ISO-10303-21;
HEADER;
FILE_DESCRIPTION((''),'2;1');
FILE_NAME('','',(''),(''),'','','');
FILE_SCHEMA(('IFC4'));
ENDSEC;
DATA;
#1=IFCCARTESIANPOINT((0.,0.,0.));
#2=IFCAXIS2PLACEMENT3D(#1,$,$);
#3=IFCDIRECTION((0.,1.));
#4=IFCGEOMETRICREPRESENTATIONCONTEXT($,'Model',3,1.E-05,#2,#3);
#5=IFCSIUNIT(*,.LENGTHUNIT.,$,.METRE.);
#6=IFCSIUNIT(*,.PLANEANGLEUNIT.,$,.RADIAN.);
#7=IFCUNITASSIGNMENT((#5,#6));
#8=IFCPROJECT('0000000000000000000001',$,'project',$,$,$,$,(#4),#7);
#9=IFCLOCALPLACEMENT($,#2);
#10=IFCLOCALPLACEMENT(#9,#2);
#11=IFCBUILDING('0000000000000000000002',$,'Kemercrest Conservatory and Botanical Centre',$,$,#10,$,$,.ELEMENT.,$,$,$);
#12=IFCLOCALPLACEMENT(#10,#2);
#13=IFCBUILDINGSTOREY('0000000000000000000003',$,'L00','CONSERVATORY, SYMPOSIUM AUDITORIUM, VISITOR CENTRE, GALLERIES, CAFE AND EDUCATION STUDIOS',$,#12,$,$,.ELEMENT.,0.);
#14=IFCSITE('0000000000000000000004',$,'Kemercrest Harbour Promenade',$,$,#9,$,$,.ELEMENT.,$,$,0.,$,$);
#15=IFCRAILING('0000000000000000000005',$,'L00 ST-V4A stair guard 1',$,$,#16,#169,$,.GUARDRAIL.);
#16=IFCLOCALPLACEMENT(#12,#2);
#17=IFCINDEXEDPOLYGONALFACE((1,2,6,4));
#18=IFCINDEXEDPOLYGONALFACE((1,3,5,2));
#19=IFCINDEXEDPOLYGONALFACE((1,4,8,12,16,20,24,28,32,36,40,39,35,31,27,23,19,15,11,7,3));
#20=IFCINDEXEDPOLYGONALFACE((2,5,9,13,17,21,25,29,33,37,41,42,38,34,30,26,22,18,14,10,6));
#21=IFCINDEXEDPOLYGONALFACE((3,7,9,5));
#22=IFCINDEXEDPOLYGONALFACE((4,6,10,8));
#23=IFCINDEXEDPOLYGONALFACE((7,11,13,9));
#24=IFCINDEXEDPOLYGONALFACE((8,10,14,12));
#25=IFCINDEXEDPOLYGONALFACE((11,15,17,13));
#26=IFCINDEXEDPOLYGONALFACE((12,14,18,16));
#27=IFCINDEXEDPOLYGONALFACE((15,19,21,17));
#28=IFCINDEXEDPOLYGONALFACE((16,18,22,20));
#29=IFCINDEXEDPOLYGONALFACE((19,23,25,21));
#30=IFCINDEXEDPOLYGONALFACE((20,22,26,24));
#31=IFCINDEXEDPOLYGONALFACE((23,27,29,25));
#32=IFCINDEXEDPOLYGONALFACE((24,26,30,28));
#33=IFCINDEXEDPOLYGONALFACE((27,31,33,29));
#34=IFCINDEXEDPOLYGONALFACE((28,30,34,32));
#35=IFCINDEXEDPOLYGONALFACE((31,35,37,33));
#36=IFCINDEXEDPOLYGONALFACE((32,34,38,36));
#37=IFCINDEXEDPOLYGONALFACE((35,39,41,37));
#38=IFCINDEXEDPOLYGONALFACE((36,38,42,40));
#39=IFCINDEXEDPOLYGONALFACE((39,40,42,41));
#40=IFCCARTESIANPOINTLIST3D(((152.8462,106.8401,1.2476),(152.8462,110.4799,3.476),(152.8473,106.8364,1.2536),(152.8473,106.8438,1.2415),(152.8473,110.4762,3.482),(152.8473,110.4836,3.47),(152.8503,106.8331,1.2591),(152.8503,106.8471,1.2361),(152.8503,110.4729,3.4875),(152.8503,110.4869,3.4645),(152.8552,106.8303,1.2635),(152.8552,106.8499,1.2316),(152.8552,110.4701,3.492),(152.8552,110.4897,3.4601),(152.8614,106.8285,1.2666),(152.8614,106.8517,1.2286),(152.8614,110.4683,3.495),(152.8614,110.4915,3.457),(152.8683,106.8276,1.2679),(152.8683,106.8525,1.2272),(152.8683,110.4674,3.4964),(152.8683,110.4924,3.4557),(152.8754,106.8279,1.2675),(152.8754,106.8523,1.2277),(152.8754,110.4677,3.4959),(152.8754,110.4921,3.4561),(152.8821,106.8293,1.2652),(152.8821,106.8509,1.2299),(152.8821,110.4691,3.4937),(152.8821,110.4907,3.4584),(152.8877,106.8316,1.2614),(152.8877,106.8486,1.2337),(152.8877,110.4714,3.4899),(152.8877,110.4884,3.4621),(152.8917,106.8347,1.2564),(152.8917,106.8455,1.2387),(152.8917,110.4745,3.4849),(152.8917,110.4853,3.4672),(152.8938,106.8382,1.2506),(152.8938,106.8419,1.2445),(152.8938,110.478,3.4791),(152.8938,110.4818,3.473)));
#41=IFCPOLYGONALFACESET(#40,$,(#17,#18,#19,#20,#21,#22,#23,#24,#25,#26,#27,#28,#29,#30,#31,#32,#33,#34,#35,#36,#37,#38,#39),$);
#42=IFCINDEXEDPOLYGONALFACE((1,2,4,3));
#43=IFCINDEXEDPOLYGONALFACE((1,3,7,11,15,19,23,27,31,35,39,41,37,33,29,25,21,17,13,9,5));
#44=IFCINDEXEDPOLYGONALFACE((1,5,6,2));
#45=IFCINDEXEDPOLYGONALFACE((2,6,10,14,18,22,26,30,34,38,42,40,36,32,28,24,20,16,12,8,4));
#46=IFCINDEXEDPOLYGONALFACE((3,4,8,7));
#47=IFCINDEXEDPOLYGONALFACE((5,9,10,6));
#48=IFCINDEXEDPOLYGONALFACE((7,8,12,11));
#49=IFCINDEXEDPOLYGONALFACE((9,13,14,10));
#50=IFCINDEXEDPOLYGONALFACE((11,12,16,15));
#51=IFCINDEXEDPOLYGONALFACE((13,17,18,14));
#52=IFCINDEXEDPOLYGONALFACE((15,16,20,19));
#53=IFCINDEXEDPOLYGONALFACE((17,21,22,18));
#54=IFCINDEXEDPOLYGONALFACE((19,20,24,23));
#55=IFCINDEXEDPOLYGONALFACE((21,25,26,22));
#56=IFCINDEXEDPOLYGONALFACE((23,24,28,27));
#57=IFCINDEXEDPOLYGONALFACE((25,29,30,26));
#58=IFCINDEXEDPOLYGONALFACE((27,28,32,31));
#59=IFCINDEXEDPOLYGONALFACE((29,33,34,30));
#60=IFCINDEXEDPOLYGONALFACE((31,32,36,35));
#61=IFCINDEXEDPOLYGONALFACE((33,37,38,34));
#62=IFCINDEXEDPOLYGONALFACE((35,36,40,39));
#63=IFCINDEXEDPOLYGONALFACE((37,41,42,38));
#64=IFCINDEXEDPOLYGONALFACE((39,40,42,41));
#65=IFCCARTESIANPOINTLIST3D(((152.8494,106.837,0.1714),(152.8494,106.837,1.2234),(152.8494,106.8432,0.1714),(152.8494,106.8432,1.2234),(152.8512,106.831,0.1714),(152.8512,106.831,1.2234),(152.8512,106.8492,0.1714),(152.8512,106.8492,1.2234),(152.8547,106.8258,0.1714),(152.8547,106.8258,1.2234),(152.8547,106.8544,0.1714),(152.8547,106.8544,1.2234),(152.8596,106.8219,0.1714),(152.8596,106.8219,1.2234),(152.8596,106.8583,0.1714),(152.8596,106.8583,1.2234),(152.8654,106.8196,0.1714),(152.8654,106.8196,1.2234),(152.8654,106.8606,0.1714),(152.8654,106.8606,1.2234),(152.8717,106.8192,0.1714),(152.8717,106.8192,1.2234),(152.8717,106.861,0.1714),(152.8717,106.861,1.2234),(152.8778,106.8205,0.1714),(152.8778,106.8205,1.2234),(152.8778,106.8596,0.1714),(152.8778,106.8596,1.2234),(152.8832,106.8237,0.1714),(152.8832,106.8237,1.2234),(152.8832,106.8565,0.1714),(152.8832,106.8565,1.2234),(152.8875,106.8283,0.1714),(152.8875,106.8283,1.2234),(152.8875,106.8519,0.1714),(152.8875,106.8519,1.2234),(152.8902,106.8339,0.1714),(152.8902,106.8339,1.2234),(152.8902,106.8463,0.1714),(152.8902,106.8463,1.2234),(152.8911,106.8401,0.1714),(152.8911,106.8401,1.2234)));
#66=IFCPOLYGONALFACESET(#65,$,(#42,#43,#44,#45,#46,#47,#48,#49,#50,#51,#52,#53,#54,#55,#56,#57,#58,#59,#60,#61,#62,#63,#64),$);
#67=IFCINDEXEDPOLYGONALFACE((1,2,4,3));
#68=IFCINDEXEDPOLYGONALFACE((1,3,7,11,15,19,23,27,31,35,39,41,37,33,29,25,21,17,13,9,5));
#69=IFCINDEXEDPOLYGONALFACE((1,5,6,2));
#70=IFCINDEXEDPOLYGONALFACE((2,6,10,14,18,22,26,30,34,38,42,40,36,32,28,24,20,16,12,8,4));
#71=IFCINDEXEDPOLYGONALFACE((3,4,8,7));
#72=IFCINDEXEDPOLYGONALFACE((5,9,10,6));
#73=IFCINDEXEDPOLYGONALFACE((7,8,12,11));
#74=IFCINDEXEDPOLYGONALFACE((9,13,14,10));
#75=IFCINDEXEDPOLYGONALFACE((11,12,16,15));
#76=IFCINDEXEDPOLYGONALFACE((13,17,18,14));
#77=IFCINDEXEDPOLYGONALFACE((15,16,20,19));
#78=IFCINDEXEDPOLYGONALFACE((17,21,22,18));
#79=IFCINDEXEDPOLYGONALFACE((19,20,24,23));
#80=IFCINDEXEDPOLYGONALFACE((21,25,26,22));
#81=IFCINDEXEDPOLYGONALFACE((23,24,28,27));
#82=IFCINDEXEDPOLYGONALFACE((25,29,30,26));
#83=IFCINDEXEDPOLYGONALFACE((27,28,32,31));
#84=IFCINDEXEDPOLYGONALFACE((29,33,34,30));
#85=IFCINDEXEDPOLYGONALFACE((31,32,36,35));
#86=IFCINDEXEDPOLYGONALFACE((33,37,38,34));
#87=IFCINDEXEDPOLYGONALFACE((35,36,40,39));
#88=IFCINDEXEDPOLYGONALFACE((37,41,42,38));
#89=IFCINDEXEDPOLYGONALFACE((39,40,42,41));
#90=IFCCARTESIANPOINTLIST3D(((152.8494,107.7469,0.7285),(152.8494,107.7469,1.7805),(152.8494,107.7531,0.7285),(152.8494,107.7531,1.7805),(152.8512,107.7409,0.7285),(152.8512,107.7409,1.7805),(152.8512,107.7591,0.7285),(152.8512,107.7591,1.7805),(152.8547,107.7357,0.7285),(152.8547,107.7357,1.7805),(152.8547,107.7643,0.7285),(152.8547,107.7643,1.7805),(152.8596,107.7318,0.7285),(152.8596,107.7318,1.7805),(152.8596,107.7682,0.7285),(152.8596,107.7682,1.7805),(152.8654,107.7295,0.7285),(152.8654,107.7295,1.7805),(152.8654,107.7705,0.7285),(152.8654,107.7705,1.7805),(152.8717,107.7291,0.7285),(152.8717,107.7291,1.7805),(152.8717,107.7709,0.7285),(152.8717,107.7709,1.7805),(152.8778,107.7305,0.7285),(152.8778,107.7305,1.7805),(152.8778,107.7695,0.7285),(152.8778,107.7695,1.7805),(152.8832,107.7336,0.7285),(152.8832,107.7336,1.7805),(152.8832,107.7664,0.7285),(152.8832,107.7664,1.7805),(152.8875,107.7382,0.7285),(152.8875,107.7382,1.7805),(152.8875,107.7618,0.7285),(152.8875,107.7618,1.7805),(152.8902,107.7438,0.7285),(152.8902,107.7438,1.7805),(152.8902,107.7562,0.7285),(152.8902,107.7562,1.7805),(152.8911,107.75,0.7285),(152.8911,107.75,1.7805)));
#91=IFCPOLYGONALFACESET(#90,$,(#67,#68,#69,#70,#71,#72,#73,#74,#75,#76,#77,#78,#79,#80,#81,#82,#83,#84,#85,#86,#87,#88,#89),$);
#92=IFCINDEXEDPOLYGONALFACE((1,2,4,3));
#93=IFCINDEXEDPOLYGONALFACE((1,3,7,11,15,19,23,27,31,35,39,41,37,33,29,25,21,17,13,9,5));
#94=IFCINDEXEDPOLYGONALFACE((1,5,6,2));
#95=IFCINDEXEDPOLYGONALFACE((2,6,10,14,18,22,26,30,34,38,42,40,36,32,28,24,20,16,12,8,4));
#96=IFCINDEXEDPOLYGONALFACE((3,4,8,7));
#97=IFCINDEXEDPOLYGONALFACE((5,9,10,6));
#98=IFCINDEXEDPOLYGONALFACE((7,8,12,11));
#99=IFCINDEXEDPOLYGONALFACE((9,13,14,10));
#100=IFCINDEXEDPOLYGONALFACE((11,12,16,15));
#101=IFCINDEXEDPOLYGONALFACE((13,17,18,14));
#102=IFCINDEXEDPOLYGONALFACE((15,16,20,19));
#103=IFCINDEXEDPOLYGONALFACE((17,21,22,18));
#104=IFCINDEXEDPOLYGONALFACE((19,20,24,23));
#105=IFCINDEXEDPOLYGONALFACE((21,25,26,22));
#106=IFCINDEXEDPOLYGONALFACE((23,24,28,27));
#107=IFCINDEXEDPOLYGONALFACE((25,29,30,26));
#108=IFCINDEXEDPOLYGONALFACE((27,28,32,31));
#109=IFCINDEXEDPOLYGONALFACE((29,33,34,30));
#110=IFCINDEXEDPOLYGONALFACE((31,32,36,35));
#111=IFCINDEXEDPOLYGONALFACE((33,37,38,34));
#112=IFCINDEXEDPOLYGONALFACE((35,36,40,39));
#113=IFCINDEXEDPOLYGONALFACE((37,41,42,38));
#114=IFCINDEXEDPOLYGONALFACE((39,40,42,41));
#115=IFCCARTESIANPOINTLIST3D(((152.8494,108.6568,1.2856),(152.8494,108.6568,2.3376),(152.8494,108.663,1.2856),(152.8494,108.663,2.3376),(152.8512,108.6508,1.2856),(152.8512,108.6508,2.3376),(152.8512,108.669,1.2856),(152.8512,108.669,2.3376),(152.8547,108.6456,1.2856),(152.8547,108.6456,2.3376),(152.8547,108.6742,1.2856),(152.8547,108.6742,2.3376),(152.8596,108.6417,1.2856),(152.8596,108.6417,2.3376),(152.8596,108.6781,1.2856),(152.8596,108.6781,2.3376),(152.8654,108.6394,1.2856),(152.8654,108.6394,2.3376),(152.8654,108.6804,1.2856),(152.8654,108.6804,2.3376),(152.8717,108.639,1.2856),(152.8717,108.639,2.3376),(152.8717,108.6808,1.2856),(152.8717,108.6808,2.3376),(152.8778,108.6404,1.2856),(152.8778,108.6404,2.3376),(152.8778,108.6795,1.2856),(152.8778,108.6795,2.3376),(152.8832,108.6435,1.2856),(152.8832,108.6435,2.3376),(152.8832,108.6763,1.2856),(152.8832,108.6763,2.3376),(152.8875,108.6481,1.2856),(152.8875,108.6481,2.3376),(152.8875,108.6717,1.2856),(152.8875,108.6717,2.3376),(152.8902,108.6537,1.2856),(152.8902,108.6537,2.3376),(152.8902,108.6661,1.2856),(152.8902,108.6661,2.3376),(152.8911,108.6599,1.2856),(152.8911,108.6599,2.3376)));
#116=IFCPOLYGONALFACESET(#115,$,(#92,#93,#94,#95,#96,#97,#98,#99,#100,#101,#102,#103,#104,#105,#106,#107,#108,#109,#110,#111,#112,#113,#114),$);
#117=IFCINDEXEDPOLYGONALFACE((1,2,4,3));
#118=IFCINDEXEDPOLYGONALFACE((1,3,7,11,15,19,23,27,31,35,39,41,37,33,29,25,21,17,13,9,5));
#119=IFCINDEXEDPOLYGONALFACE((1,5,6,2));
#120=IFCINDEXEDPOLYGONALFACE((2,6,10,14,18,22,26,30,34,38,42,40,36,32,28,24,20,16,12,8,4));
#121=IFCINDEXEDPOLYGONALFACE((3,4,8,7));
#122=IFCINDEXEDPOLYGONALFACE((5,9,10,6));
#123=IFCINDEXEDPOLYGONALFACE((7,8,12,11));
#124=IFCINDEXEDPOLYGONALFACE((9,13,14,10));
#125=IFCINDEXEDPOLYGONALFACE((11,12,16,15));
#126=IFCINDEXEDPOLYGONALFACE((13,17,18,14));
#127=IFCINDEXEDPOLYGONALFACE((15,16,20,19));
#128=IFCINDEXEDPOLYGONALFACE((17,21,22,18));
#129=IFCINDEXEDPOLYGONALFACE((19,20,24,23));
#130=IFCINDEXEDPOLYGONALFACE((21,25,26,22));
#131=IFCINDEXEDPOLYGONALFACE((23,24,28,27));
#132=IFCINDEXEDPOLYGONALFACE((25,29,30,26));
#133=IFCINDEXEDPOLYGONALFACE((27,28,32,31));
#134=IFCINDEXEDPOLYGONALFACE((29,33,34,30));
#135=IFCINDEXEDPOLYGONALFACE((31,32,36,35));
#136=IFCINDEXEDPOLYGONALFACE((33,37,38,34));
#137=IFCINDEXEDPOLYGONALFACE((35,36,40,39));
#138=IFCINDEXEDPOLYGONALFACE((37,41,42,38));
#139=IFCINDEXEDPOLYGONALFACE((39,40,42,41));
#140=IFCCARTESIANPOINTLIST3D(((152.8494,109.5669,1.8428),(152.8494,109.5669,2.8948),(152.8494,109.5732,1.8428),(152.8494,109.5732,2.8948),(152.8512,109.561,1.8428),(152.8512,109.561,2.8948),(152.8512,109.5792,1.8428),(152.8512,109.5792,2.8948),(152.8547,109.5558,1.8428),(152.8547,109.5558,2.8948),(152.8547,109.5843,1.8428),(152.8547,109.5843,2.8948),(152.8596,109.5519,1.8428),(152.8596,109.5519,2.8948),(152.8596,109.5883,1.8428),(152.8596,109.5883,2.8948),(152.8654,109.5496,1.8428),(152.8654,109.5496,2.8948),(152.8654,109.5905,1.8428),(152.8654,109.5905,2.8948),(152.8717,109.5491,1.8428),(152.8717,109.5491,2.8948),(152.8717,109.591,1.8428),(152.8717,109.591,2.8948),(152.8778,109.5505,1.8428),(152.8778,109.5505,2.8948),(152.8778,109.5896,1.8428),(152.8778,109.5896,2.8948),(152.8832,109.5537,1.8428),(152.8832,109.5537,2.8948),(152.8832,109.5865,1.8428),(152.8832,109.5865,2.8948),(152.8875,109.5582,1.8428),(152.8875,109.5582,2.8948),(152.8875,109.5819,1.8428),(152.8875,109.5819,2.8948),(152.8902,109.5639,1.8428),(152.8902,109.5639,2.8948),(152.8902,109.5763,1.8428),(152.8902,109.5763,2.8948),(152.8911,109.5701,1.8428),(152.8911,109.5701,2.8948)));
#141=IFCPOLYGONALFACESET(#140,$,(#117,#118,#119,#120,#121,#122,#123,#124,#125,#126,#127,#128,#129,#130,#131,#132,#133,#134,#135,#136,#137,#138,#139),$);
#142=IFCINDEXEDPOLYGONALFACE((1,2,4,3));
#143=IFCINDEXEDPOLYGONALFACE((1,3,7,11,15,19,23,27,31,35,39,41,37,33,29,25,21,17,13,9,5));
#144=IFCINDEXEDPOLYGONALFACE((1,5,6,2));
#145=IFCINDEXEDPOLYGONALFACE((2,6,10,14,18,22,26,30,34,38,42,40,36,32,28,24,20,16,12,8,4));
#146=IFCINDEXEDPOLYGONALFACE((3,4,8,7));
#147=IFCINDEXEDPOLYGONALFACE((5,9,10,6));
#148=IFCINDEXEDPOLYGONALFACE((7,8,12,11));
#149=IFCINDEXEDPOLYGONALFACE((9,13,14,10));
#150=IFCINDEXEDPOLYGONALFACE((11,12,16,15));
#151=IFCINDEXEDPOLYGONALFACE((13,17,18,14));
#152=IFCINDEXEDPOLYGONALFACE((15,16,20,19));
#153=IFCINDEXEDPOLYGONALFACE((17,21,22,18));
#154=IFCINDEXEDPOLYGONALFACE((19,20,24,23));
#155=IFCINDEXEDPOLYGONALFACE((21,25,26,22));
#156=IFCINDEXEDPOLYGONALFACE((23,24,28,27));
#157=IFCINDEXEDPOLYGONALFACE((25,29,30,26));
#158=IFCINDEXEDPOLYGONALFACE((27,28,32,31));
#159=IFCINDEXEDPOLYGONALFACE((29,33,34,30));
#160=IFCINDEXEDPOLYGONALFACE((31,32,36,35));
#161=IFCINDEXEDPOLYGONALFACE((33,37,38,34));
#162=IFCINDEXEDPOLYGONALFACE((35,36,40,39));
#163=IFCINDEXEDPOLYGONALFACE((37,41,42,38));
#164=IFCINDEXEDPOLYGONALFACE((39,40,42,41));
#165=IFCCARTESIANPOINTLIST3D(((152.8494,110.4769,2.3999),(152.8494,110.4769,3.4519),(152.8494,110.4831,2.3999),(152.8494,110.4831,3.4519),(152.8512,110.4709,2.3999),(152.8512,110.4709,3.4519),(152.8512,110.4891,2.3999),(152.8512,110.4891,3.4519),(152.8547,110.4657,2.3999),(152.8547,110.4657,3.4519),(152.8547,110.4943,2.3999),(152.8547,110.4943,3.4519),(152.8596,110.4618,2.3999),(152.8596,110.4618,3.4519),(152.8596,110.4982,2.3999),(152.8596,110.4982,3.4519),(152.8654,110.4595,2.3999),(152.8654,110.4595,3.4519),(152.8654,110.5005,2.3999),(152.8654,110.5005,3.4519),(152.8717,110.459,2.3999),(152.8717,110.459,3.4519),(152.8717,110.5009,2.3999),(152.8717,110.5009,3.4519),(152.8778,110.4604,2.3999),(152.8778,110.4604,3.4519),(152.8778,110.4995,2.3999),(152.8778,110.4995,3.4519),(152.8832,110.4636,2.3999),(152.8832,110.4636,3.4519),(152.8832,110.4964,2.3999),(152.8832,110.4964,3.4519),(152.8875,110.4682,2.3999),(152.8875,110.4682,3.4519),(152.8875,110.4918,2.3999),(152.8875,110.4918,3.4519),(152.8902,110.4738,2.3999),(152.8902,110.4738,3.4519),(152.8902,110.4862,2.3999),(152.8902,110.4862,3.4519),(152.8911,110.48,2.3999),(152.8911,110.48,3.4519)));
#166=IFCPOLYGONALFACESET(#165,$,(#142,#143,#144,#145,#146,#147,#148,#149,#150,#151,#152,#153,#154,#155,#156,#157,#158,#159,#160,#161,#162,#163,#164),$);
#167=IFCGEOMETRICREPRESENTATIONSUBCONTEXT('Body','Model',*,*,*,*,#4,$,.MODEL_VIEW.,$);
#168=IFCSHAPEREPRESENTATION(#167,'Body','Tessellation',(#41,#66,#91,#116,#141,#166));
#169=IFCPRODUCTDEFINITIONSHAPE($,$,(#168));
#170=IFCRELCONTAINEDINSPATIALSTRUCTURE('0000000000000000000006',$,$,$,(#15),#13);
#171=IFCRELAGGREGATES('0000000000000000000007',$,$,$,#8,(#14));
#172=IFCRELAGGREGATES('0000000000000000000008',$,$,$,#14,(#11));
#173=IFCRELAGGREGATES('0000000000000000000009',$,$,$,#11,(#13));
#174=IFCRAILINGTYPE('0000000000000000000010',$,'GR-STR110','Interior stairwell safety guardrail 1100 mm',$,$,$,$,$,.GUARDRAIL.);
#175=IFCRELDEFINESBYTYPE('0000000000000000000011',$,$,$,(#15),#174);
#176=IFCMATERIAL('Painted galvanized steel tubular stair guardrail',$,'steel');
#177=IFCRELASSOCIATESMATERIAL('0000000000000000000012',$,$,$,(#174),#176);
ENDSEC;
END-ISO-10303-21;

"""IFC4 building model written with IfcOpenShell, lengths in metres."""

from ifc_helpers import new_model, si_unit, direction, frame, origin, origin_2d, place, context, subcontext, project, spatial, circle, extrude, material, type_object, element, save


model = new_model("IFC4")

# Units and contexts
model_context = context("Model", 3, precision=1e-05, world=origin(), true_north=direction((0.0, 1.0)))
body_context = subcontext(model_context, "Body", "Model", "MODEL_VIEW")
ifc_project = project(units=[si_unit("LENGTHUNIT", "METRE"), si_unit("PLANEANGLEUNIT", "RADIAN")], contexts=[model_context])

# Site, building, storey
site_placement = place(None, origin())
site = spatial("IfcSite", under=ifc_project, at=site_placement, Name="Kemercrest Harbour Promenade", CompositionType="ELEMENT", RefElevation=0.0)
building_placement = place(site_placement, origin())
building = spatial("IfcBuilding", under=site, at=building_placement, Name="Kemercrest Conservatory and Botanical Centre", CompositionType="ELEMENT")
storey_placement = place(building_placement, origin())
storey = spatial("IfcBuildingStorey", under=building, at=storey_placement, Name="L00", Description="CONSERVATORY, SYMPOSIUM AUDITORIUM, VISITOR CENTRE, GALLERIES, CAFE AND EDUCATION STUDIOS", CompositionType="ELEMENT", Elevation=0.0)

# Railing
ifc_material_1 = material(Name="Painted galvanized steel tubular stair guardrail", Category="steel")
railing_type_1 = type_object("IfcRailingType", Name="GR-STR110", Description="Interior stairwell safety guardrail 1100 mm", PredefinedType="GUARDRAIL", material=ifc_material_1)
railing_1_placement = place(storey_placement, frame((152.8701, 106.8401, 0.1714)))
element("IfcRailing", 1, at=railing_1_placement, inside=storey, type_object=railing_type_1, Name="L00 ST-V4A stair guard 1", PredefinedType="GUARDRAIL", context=body_context, shape_type="SweptSolid", body=[
    extrude(circle(Radius=0.0239, at=origin_2d()), frame((0.0, 0.0, 1.0762), z_axis=(0.0, 0.85285, 0.522156), x_axis=(-1.0, 0.0, 0.0)), (0.0, 0.0, 1.0), 4.2678),
    extrude(circle(Radius=0.021, at=origin_2d()), origin(), (0.0, 0.0, 1.0), 1.052),
    extrude(circle(Radius=0.021, at=origin_2d()), frame((0.0, 0.9099, 0.5571)), (0.0, 0.0, 1.0), 1.052),
    extrude(circle(Radius=0.021, at=origin_2d()), frame((0.0, 1.8198, 1.1143)), (0.0, 0.0, 1.0), 1.052),
    extrude(circle(Radius=0.021, at=origin_2d()), frame((0.0, 2.73, 1.6714)), (0.0, 0.0, 1.0), 1.052),
    extrude(circle(Radius=0.021, at=origin_2d()), frame((0.0, 3.6399, 2.2285)), (0.0, 0.0, 1.0), 1.052),
])

save(model, "model.ifc")
